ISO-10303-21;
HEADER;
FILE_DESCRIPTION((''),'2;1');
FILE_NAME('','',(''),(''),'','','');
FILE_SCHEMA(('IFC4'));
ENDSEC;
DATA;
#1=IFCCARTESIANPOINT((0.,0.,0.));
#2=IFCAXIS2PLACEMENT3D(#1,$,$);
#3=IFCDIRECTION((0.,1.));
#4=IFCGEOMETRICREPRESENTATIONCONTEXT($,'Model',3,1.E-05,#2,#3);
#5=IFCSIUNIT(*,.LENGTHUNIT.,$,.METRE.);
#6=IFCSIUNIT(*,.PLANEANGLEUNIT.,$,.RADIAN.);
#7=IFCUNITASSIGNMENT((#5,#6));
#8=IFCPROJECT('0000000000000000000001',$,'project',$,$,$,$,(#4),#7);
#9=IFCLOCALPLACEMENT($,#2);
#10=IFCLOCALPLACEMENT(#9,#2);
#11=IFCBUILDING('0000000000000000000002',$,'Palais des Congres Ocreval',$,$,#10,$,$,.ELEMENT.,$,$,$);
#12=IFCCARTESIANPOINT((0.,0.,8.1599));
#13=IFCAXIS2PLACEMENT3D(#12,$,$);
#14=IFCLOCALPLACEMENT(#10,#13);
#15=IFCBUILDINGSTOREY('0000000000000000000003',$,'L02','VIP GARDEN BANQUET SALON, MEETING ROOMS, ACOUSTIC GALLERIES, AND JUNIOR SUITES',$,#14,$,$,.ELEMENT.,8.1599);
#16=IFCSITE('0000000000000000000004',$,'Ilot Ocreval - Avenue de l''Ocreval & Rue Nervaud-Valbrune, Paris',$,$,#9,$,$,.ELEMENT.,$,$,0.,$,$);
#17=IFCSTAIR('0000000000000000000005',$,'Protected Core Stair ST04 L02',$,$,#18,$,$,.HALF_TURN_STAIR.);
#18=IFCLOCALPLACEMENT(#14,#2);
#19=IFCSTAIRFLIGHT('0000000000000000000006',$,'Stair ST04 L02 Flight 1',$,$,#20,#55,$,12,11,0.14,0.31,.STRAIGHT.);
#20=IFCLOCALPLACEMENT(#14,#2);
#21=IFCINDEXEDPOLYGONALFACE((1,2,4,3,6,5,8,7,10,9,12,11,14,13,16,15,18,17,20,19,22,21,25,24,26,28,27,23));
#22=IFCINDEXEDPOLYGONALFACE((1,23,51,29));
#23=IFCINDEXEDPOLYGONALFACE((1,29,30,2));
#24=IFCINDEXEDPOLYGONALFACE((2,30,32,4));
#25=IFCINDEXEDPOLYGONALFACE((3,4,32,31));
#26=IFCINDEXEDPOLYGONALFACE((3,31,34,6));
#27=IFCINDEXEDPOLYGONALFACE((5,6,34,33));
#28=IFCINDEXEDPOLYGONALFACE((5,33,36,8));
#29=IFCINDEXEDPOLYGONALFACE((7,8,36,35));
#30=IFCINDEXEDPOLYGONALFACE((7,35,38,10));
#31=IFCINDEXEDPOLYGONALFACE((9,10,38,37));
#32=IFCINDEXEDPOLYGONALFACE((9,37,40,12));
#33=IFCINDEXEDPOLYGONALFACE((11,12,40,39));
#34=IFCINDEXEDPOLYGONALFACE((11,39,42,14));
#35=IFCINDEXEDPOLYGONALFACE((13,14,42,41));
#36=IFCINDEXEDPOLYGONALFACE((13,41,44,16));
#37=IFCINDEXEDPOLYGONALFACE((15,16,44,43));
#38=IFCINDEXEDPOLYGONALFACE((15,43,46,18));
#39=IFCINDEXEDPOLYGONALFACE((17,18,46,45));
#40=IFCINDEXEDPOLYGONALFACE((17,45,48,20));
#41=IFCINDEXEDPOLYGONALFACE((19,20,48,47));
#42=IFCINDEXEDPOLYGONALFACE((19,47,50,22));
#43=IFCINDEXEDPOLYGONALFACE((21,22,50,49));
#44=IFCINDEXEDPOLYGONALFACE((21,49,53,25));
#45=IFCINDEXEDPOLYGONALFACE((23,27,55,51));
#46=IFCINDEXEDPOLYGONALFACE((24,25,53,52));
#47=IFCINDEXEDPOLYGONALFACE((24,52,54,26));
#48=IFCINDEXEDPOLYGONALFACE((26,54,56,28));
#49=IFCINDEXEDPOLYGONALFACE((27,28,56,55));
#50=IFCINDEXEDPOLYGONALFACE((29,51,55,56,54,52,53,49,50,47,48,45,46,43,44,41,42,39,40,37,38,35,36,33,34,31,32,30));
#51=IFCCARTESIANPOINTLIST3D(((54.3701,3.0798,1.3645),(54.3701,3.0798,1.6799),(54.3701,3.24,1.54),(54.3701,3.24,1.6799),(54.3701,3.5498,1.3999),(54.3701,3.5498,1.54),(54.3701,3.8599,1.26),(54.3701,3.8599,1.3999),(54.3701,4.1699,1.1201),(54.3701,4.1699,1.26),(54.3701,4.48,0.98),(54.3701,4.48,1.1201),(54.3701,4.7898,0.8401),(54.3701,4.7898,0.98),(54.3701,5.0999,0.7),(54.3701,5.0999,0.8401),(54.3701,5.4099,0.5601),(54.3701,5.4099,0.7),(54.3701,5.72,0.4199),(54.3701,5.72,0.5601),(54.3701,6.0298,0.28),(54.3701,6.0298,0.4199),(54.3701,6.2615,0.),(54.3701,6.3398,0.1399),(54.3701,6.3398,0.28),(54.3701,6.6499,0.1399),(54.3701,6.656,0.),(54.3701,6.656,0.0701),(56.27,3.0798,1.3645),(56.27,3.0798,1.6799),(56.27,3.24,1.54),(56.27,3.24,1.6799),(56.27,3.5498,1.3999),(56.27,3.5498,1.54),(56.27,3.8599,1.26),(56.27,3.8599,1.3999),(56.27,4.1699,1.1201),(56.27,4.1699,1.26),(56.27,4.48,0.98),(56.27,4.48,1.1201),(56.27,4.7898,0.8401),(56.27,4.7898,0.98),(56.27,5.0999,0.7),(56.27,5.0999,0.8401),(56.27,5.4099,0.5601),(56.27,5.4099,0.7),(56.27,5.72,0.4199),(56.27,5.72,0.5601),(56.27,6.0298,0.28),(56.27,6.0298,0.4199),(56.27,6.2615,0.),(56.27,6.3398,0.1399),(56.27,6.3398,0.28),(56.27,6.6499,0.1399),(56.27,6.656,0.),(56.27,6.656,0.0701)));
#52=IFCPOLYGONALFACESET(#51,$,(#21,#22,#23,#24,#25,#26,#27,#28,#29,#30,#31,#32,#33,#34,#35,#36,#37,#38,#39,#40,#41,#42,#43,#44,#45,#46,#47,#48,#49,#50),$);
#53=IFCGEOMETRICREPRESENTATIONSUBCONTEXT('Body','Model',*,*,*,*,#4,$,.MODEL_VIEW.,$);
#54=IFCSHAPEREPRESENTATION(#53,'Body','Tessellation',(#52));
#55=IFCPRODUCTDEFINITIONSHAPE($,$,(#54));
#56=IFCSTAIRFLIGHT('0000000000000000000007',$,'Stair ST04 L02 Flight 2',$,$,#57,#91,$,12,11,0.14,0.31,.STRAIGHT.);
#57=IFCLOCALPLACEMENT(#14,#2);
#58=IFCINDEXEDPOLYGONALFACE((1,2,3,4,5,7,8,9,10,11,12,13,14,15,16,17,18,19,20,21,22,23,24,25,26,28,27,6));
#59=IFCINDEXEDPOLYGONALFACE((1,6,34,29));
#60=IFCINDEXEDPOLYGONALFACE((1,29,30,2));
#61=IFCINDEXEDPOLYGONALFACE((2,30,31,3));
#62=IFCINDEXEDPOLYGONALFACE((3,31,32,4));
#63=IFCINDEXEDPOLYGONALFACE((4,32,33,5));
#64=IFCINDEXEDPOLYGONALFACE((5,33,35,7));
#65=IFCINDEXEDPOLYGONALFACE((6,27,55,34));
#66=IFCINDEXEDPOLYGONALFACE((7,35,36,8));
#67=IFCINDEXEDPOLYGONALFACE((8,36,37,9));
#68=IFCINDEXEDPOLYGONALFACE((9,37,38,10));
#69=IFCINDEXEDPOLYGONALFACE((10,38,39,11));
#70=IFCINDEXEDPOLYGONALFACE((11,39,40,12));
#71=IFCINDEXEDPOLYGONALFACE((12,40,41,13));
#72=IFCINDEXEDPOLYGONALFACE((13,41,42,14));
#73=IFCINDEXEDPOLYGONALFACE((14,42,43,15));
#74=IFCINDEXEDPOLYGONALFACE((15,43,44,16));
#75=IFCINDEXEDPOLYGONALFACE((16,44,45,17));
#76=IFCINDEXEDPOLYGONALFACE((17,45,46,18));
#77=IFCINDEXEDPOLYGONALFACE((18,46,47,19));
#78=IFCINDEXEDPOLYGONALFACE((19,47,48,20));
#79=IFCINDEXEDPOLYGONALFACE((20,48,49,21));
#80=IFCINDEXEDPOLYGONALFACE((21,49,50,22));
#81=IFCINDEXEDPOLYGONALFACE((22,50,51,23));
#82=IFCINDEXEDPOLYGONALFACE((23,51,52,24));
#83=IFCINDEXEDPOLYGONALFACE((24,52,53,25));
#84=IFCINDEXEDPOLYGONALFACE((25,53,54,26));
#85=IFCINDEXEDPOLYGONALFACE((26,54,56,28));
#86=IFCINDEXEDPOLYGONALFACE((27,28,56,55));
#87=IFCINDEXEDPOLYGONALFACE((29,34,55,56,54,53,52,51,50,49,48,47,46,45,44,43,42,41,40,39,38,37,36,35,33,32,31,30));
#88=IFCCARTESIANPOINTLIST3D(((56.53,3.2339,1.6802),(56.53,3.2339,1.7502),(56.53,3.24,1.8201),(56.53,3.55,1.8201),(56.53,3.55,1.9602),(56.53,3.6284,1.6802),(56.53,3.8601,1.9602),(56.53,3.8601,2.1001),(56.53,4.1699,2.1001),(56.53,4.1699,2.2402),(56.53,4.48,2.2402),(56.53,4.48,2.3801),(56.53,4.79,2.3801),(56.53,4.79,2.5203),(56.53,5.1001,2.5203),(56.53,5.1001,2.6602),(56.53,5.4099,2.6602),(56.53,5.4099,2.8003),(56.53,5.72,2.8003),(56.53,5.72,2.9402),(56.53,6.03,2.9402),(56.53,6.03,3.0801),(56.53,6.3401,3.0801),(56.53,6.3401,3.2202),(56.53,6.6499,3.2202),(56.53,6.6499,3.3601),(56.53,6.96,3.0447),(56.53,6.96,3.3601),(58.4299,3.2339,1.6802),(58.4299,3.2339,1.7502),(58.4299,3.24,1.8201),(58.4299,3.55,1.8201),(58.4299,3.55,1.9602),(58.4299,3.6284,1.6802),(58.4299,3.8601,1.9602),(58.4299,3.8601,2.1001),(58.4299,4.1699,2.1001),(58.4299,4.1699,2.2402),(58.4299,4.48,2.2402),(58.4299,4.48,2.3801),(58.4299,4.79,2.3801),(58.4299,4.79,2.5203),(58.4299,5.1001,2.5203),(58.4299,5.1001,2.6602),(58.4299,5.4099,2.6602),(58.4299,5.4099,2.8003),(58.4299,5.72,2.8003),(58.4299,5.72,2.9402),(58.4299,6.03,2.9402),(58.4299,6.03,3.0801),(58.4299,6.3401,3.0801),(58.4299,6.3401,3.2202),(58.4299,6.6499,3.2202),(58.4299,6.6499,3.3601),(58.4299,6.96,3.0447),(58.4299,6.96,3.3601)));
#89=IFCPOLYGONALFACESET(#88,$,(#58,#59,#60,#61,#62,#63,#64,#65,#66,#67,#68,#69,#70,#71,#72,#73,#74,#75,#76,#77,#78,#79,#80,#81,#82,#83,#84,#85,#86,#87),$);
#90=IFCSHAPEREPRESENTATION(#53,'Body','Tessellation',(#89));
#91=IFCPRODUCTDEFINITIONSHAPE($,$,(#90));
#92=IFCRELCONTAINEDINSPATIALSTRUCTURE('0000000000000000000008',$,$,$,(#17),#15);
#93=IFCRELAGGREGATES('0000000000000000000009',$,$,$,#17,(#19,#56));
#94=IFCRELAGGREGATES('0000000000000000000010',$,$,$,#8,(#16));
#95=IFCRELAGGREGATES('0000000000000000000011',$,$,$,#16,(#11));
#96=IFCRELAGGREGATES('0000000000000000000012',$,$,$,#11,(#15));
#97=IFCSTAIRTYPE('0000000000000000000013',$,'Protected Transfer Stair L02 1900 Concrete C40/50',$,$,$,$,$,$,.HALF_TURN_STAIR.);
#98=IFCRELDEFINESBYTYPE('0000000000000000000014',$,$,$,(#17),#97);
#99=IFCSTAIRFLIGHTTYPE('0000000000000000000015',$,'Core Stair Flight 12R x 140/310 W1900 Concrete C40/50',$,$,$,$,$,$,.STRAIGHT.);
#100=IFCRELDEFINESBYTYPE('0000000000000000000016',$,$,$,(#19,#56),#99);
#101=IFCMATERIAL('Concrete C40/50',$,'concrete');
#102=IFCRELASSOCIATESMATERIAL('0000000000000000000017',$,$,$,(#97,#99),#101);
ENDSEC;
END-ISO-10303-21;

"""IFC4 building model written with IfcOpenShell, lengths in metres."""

from ifc_helpers import new_model, si_unit, direction, frame, origin, place, context, subcontext, project, spatial, polyline, outline, extrude, material, type_object, element, aggregate, save


model = new_model("IFC4")

# Units and contexts
model_context = context("Model", 3, precision=1e-05, world=origin(), true_north=direction((0.0, 1.0)))
body_context = subcontext(model_context, "Body", "Model", "MODEL_VIEW")
ifc_project = project(units=[si_unit("LENGTHUNIT", "METRE"), si_unit("PLANEANGLEUNIT", "RADIAN")], contexts=[model_context])

# Site, building, storey
site_placement = place(None, origin())
site = spatial("IfcSite", under=ifc_project, at=site_placement, Name="Ilot Ocreval - Avenue de l'Ocreval & Rue Nervaud-Valbrune, Paris", CompositionType="ELEMENT", RefElevation=0.0)
building_placement = place(site_placement, origin())
building = spatial("IfcBuilding", under=site, at=building_placement, Name="Palais des Congres Ocreval", CompositionType="ELEMENT")
storey_placement = place(building_placement, frame((0.0, 0.0, 8.1599)))
storey = spatial("IfcBuildingStorey", under=building, at=storey_placement, Name="L02", Description="VIP GARDEN BANQUET SALON, MEETING ROOMS, ACOUSTIC GALLERIES, AND JUNIOR SUITES", CompositionType="ELEMENT", Elevation=8.1599)

# Shared definitions
ifc_material_1 = material(Name="Concrete C40/50", Category="concrete")

# Stair, stair flights
stair_type = type_object("IfcStairType", Name="Protected Transfer Stair L02 1900 Concrete C40/50", PredefinedType="HALF_TURN_STAIR", material=ifc_material_1)
stair_placement = place(storey_placement, origin())
stair = element("IfcStair", 1, at=stair_placement, inside=storey, type_object=stair_type, Name="Protected Core Stair ST04 L02", PredefinedType="HALF_TURN_STAIR")
stair_flight_type = type_object("IfcStairFlightType", Name="Core Stair Flight 12R x 140/310 W1900 Concrete C40/50", PredefinedType="STRAIGHT", material=ifc_material_1)
stair_flight_1_placement = place(storey_placement, frame((55.3201, 6.6499, 0.0), z_axis=(0.0, 0.0, 1.0), x_axis=(0.0, -1.0, 0.0)))
stair_flight_1 = element("IfcStairFlight", 2, at=stair_flight_1_placement, type_object=stair_flight_type, Name="Stair ST04 L02 Flight 1", NumberOfRisers=12, NumberOfTreads=11, PredefinedType="STRAIGHT", RiserHeight=0.14, TreadLength=0.31, context=body_context, shape_type="SweptSolid", body=[
    extrude(outline(polyline([(-0.0061, 0.0), (-0.0061, 0.0701), (0.0, 0.1399), (0.3101, 0.1399), (0.3101, 0.28), (0.6201, 0.28), (0.6201, 0.4199), (0.9299, 0.4199), (0.9299, 0.5601), (1.24, 0.5601), (1.24, 0.7), (1.55, 0.7), (1.55, 0.8401), (1.8601, 0.8401), (1.8601, 0.98), (2.1699, 0.98), (2.1699, 1.1201), (2.48, 1.1201), (2.48, 1.26), (2.79, 1.26), (2.79, 1.3999), (3.1001, 1.3999), (3.1001, 1.54), (3.4099, 1.54), (3.4099, 1.6799), (3.5701, 1.6799), (3.5701, 1.3645), (0.3884, 0.0), (-0.0061, 0.0)])), frame((0.0, 0.95, 0.0), z_axis=(0.0, -1.0, 0.0), x_axis=(1.0, 0.0, 0.0)), (0.0, 0.0, 1.0), 1.8999),
])
stair_flight_2_placement = place(storey_placement, frame((57.48, 3.24, 1.6802), z_axis=(0.0, 0.0, 1.0), x_axis=(0.0, 1.0, 0.0)))
stair_flight_2 = element("IfcStairFlight", 3, at=stair_flight_2_placement, type_object=stair_flight_type, Name="Stair ST04 L02 Flight 2", NumberOfRisers=12, NumberOfTreads=11, PredefinedType="STRAIGHT", RiserHeight=0.14, TreadLength=0.31, context=body_context, shape_type="SweptSolid", body=[
    extrude(outline(polyline([(-0.0061, 0.0), (-0.0061, 0.0701), (0.0, 0.1399), (0.3101, 0.1399), (0.3101, 0.28), (0.6201, 0.28), (0.6201, 0.4199), (0.9299, 0.4199), (0.9299, 0.5601), (1.24, 0.5601), (1.24, 0.7), (1.55, 0.7), (1.55, 0.8401), (1.8601, 0.8401), (1.8601, 0.98), (2.1699, 0.98), (2.1699, 1.1201), (2.48, 1.1201), (2.48, 1.26), (2.79, 1.26), (2.79, 1.3999), (3.1001, 1.3999), (3.1001, 1.54), (3.4099, 1.54), (3.4099, 1.6799), (3.72, 1.6799), (3.72, 1.3645), (0.3884, 0.0), (-0.0061, 0.0)])), frame((0.0, 0.95, 0.0), z_axis=(0.0, -1.0, 0.0), x_axis=(1.0, 0.0, 0.0)), (0.0, 0.0, 1.0), 1.8999),
])
aggregate(stair, [stair_flight_1, stair_flight_2])

save(model, "model.ifc")
